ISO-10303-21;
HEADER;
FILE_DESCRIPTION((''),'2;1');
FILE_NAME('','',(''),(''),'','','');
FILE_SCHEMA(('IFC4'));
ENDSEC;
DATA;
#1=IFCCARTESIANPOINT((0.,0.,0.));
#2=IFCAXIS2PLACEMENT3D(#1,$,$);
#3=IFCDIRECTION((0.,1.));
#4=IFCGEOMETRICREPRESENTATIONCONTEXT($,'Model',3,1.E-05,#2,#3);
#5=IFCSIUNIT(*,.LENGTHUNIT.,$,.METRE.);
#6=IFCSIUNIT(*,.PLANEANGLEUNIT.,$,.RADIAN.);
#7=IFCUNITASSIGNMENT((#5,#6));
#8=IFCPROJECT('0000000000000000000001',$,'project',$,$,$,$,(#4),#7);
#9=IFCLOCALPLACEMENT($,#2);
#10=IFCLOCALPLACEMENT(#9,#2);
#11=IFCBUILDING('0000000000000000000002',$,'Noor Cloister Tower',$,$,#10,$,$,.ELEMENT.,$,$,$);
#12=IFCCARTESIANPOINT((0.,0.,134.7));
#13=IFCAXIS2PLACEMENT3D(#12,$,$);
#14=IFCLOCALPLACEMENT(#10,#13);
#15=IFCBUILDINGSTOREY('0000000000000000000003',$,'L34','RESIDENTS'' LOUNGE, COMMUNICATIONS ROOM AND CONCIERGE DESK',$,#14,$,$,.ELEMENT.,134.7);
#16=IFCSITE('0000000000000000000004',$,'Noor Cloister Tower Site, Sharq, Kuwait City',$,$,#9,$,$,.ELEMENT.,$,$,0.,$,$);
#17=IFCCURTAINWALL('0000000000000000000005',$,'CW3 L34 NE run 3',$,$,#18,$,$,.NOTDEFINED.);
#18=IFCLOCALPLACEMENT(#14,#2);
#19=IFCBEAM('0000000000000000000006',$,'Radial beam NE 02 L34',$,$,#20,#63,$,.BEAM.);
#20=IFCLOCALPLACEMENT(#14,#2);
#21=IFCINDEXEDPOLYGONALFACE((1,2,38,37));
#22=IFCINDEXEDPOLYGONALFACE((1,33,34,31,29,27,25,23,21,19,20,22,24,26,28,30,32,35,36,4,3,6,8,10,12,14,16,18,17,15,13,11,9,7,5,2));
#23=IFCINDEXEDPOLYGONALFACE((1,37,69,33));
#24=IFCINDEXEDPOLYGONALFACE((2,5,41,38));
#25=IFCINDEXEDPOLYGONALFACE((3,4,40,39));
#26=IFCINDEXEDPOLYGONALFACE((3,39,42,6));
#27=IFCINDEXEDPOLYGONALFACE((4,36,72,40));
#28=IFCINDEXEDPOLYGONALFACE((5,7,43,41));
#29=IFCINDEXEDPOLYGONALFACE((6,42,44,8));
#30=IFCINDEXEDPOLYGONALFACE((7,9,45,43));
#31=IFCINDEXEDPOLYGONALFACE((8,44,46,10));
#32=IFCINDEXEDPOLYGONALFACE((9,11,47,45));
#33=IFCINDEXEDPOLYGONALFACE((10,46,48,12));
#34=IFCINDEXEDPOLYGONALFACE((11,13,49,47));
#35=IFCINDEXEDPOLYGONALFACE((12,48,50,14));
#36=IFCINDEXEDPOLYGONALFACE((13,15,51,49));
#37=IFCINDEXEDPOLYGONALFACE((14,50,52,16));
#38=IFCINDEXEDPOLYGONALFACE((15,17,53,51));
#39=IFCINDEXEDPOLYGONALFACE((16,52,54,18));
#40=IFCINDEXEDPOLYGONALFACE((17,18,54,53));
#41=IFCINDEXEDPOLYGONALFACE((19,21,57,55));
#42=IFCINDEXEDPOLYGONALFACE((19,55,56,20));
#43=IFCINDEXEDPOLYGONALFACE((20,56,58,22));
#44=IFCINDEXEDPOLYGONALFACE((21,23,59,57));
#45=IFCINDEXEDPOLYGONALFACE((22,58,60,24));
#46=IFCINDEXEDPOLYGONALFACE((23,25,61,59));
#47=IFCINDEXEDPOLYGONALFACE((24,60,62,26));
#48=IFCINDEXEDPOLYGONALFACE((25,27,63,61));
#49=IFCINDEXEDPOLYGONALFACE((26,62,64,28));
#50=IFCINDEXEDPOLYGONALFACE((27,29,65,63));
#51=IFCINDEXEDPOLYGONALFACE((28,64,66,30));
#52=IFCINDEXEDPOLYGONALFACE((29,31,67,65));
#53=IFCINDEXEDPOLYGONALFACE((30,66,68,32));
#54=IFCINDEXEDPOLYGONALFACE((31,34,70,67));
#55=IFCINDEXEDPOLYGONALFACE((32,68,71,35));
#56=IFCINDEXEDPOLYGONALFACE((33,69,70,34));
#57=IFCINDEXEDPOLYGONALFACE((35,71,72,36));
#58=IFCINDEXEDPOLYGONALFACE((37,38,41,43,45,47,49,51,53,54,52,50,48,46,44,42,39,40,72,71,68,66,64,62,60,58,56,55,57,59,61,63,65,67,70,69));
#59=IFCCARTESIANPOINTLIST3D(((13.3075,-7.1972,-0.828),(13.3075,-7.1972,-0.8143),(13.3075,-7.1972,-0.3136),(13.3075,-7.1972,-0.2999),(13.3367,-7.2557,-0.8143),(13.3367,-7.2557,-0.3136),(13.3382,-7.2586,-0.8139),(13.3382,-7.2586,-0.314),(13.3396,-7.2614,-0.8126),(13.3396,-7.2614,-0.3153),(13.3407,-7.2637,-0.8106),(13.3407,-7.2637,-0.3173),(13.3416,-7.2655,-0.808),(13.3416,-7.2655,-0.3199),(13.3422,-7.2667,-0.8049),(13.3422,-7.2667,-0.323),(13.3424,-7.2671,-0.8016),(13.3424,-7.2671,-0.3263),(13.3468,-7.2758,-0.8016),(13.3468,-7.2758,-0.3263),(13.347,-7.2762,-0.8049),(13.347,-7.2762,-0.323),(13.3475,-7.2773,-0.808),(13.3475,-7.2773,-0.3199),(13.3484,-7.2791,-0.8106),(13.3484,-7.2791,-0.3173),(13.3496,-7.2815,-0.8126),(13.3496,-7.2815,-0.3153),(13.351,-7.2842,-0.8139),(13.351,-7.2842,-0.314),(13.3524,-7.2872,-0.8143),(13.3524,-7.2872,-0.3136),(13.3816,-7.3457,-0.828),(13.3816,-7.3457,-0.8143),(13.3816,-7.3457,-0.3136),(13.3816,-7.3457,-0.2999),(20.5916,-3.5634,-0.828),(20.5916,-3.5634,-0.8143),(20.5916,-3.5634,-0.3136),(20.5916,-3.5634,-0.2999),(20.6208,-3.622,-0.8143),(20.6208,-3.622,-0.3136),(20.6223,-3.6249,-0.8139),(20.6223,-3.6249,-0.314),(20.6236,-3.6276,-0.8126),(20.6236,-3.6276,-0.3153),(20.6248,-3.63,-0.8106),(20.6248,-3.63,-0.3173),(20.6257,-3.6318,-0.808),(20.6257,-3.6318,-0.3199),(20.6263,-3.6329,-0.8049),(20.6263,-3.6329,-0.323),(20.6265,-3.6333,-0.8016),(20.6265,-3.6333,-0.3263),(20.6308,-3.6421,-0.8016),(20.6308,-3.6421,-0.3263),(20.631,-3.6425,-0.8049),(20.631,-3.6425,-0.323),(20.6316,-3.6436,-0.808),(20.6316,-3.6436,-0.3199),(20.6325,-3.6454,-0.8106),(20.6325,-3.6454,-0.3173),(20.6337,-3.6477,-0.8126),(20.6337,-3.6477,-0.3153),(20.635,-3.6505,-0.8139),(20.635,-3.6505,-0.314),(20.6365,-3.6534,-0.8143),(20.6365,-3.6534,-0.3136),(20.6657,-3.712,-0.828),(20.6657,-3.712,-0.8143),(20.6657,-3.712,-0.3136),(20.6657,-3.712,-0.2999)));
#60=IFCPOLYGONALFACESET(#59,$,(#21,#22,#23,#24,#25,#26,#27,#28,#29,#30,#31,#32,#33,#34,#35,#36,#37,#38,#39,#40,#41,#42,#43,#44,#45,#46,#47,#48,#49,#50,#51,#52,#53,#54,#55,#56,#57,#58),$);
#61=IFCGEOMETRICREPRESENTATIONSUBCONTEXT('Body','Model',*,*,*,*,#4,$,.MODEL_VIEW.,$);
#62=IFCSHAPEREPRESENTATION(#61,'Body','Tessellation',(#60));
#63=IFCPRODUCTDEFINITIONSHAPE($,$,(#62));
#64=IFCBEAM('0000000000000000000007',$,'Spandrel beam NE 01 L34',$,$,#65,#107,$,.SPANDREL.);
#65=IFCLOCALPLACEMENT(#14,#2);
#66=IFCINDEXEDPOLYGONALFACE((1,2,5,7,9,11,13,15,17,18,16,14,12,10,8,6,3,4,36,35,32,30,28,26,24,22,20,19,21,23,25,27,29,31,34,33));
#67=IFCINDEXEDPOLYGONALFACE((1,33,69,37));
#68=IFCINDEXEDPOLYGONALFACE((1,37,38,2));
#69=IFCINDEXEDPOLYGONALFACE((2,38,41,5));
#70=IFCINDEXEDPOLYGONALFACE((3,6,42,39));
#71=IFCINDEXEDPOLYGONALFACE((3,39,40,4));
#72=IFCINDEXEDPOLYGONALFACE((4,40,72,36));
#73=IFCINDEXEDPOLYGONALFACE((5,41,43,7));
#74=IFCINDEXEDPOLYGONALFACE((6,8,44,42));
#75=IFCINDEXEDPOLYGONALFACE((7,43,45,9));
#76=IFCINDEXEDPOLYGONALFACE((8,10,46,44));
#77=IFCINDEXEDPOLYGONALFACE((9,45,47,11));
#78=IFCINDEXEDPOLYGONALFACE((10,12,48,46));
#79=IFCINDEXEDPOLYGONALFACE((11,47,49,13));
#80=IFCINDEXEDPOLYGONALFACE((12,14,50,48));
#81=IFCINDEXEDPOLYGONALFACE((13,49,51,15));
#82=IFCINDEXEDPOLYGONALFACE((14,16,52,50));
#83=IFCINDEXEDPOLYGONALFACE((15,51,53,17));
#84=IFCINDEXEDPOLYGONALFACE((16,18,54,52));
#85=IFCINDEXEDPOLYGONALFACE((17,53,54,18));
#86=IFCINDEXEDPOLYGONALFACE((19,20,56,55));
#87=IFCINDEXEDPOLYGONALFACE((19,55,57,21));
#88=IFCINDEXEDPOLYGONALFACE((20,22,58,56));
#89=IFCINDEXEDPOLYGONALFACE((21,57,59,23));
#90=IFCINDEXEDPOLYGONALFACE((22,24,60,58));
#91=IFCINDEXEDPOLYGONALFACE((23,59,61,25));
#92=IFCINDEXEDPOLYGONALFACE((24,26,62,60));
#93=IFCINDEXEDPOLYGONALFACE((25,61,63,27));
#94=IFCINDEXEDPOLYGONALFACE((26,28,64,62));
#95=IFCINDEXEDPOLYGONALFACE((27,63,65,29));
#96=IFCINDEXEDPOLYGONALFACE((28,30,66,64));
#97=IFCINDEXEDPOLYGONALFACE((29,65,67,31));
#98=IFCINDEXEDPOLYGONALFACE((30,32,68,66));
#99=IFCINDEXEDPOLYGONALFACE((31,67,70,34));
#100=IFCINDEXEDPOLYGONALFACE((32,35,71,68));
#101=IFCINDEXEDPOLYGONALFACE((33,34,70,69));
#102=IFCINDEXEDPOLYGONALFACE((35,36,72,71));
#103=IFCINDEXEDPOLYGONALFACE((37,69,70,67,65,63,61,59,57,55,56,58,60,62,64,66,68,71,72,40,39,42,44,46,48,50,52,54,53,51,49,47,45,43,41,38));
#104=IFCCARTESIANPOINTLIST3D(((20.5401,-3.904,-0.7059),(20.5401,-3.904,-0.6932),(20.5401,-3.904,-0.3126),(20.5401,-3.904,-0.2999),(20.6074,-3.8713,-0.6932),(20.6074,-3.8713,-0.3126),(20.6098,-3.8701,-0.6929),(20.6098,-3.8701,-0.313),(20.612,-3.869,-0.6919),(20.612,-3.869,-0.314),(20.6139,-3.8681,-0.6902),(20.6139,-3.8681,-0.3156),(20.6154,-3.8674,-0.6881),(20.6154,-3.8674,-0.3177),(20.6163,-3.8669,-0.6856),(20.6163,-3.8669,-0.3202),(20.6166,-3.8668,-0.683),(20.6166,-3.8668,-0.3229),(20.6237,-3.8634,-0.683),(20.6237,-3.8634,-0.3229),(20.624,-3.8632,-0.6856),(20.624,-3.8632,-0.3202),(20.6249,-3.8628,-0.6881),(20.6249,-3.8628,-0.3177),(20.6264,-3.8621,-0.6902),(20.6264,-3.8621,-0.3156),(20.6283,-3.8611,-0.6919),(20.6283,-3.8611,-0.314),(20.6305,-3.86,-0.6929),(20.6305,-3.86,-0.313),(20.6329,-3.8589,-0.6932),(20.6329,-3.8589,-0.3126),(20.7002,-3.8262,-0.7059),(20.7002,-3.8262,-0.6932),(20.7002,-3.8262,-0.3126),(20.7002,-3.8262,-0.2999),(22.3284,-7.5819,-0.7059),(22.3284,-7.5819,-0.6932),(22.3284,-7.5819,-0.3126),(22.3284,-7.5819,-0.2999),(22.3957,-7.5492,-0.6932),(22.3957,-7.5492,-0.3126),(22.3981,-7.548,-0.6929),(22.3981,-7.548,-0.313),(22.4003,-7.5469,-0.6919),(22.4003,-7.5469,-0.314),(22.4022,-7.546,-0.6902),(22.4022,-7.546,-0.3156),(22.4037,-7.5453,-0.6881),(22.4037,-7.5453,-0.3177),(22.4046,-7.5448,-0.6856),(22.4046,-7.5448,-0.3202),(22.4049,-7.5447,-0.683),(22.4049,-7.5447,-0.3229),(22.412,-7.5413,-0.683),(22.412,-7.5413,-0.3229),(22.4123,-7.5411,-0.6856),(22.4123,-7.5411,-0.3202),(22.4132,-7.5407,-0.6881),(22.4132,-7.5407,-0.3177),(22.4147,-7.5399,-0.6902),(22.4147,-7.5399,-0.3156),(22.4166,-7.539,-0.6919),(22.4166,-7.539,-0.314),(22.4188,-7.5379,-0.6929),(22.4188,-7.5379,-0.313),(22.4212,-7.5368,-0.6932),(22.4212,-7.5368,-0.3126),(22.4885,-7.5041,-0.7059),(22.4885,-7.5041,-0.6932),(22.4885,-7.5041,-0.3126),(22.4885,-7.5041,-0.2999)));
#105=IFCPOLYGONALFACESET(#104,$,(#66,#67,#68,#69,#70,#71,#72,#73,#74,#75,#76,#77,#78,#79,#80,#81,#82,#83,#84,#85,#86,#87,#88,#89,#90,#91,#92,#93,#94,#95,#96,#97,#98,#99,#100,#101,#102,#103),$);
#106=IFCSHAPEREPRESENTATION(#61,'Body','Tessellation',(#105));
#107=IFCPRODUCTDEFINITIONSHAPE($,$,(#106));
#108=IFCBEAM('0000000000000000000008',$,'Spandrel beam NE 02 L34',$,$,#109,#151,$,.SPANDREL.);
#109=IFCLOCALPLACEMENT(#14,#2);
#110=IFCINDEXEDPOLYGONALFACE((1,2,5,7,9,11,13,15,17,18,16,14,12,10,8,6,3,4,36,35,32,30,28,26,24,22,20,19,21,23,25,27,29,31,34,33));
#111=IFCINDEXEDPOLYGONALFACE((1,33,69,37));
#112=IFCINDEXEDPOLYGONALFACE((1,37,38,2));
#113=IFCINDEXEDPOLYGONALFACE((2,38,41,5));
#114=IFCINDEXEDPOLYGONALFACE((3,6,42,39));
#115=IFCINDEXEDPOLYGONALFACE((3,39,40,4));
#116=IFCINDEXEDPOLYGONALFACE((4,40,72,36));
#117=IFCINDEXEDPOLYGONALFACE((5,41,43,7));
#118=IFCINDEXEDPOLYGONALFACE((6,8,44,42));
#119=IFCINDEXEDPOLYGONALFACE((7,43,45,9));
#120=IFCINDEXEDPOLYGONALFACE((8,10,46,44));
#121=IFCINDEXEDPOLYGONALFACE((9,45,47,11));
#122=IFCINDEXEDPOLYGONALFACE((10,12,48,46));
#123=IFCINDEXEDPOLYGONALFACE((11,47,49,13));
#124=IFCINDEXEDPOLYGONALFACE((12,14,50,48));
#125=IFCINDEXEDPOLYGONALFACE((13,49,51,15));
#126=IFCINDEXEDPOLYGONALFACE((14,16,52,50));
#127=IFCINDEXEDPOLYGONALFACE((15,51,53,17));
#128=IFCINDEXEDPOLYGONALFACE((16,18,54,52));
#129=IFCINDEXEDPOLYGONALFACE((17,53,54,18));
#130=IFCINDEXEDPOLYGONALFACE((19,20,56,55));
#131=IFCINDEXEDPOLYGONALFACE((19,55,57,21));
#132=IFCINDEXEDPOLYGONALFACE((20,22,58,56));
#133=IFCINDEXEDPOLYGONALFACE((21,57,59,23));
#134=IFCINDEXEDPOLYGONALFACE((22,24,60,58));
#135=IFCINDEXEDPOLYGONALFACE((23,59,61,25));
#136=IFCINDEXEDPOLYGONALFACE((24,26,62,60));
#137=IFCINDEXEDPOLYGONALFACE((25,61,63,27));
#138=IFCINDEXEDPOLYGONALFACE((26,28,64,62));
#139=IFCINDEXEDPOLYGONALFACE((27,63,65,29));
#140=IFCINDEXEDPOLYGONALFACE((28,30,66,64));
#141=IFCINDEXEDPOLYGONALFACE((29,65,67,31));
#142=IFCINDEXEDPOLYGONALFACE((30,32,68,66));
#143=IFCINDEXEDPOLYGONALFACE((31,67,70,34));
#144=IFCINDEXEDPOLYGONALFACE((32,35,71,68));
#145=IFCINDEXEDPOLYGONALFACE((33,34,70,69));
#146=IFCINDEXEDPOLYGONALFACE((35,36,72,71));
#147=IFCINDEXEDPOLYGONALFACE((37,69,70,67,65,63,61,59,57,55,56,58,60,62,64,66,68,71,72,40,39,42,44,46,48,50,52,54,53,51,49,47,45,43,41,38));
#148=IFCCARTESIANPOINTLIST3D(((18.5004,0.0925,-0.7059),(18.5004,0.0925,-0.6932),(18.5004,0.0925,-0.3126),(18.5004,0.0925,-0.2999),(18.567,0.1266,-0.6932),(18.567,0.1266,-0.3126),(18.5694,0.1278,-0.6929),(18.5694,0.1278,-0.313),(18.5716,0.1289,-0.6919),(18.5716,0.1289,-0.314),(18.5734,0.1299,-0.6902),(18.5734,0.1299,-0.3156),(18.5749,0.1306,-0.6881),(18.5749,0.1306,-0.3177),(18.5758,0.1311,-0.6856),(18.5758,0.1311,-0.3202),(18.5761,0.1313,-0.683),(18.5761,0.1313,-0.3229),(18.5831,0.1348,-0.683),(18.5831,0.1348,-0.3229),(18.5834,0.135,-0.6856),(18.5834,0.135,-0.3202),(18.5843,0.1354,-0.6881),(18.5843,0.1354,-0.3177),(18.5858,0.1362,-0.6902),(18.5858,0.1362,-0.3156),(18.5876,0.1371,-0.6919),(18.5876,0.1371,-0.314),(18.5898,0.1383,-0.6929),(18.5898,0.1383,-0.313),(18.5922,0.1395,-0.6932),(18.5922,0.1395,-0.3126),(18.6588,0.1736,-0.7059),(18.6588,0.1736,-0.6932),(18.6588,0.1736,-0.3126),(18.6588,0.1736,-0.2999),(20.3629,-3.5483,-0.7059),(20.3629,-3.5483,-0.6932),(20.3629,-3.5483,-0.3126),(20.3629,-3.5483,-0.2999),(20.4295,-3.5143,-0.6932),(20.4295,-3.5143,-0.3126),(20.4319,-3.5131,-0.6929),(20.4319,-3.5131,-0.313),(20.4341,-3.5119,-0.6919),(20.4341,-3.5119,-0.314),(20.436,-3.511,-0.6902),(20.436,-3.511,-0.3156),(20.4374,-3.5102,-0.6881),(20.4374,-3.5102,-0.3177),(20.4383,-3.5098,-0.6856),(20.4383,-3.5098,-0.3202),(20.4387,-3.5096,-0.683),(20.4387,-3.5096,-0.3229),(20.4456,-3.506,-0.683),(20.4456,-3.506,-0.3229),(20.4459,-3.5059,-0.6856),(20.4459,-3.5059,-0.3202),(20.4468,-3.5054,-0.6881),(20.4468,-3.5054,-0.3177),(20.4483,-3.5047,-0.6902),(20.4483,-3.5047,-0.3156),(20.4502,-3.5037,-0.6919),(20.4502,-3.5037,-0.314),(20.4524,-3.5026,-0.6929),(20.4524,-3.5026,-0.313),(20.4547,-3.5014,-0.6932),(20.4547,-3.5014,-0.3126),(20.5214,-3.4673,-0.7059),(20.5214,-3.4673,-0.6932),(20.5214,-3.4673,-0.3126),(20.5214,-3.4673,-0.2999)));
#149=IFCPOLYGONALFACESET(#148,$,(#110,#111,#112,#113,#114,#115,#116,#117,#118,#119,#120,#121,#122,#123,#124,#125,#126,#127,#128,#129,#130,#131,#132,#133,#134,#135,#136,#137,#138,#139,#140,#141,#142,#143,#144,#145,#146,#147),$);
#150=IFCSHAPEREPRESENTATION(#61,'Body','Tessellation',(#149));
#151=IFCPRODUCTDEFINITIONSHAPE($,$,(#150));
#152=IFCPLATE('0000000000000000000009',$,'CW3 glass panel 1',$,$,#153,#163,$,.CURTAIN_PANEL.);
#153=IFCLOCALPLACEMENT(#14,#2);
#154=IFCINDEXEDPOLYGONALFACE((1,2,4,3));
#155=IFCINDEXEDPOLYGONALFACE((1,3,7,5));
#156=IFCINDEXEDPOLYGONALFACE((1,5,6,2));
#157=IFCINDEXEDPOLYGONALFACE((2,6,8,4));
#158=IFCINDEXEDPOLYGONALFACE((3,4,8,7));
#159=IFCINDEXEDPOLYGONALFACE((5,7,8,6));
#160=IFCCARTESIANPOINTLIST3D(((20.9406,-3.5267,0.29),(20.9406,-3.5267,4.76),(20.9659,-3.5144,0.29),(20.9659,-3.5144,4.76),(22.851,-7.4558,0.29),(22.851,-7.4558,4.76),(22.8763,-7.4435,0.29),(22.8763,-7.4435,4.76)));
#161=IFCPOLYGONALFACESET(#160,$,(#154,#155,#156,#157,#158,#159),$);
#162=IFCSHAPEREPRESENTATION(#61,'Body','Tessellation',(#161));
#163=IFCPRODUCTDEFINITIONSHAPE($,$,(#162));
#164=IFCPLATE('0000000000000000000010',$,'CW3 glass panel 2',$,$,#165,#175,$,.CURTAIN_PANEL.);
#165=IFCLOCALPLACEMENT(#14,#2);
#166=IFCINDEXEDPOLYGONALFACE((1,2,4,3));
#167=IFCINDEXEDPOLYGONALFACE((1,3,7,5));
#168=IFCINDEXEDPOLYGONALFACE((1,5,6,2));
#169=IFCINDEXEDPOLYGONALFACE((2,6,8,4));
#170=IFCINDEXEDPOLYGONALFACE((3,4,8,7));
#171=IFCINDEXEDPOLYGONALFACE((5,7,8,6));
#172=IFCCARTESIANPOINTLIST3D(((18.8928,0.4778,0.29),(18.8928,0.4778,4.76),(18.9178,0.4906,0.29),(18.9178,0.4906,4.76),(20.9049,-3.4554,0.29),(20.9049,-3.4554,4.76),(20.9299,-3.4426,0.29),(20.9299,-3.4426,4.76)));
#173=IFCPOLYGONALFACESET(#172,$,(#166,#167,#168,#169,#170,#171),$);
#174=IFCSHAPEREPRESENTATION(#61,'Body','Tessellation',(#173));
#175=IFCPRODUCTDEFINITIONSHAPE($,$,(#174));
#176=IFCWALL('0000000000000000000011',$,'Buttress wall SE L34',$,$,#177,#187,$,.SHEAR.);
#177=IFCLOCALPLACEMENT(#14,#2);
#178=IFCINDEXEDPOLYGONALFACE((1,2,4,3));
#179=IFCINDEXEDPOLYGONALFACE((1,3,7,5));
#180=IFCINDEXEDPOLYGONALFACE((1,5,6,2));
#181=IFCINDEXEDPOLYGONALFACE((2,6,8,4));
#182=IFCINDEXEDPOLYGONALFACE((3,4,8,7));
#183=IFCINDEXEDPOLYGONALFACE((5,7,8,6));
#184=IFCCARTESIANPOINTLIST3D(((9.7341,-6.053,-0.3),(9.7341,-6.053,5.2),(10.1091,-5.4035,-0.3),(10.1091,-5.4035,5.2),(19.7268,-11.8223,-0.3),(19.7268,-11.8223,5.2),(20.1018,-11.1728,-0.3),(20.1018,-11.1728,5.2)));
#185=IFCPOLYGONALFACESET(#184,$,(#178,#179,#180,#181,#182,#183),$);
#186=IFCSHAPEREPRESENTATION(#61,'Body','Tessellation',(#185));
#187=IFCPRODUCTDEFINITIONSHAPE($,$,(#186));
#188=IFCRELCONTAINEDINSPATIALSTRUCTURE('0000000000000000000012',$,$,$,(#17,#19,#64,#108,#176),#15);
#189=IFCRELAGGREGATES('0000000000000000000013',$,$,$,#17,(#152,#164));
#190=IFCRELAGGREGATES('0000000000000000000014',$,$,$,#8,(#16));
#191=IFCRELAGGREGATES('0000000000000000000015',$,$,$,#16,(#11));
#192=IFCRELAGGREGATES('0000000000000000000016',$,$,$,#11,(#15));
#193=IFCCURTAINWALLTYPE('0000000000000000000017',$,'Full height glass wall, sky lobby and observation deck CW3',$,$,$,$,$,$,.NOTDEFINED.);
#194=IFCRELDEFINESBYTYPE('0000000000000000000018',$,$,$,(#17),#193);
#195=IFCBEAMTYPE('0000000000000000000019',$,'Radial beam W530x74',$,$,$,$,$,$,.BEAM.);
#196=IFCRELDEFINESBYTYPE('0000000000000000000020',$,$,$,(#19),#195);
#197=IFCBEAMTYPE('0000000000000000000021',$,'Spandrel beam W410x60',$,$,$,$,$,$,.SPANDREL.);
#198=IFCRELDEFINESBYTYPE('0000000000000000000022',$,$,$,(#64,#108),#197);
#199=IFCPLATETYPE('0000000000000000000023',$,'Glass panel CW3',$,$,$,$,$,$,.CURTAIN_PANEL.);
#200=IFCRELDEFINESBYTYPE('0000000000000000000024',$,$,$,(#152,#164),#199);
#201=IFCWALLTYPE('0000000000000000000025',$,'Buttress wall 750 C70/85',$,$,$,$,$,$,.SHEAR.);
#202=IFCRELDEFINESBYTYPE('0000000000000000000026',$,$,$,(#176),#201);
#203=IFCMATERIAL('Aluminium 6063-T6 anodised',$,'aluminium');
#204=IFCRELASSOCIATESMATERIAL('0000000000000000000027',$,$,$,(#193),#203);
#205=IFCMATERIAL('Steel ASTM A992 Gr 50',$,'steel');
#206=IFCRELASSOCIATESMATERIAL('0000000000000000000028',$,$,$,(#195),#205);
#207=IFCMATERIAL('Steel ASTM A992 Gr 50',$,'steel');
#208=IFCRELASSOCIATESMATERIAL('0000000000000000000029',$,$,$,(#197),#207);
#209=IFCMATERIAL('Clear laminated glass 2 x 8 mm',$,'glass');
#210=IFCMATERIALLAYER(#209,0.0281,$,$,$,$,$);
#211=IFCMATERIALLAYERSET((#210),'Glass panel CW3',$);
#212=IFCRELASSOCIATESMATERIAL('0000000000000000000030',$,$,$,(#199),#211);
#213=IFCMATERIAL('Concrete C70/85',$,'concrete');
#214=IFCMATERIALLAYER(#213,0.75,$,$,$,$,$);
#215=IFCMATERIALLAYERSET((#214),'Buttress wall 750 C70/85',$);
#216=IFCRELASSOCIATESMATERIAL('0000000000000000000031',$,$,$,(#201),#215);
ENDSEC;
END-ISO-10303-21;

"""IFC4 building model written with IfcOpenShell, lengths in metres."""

from ifc_helpers import new_model, si_unit, direction, frame, frame_2d, origin, origin_2d, place, context, subcontext, project, spatial, rectangle, i_section, extrude, material, layer, layer_set, material_profile, profile_set, type_object, element, aggregate, save


model = new_model("IFC4")

# Units and contexts
model_context = context("Model", 3, precision=1e-05, world=origin(), true_north=direction((0.0, 1.0)))
body_context = subcontext(model_context, "Body", "Model", "MODEL_VIEW")
ifc_project = project(units=[si_unit("LENGTHUNIT", "METRE"), si_unit("PLANEANGLEUNIT", "RADIAN")], contexts=[model_context])

# Site, building, storey
site_placement = place(None, origin())
site = spatial("IfcSite", under=ifc_project, at=site_placement, Name="Noor Cloister Tower Site, Sharq, Kuwait City", CompositionType="ELEMENT", RefElevation=0.0)
building_placement = place(site_placement, origin())
building = spatial("IfcBuilding", under=site, at=building_placement, Name="Noor Cloister Tower", CompositionType="ELEMENT")
storey_placement = place(building_placement, frame((0.0, 0.0, 134.7)))
storey = spatial("IfcBuildingStorey", under=building, at=storey_placement, Name="L34", Description="RESIDENTS' LOUNGE, COMMUNICATIONS ROOM AND CONCIERGE DESK", CompositionType="ELEMENT", Elevation=134.7)

# Curtain wall
ifc_material_1 = material(Name="Aluminium 6063-T6 anodised", Category="aluminium")
curtain_wall_type = type_object("IfcCurtainWallType", Name="Full height glass wall, sky lobby and observation deck CW3", PredefinedType="NOTDEFINED", material=ifc_material_1)
curtain_wall_placement = place(storey_placement, origin())
curtain_wall = element("IfcCurtainWall", 1, at=curtain_wall_placement, inside=storey, type_object=curtain_wall_type, Name="CW3 L34 NE run 3", PredefinedType="NOTDEFINED")

# Beams
ifc_material_2 = material(Name="Steel ASTM A992 Gr 50", Category="steel")
ifc_material_profile_1 = material_profile(ifc_material_2, i_section(OverallWidth=0.166, OverallDepth=0.5281, WebThickness=0.0098, FlangeThickness=0.0137, FilletRadius=0.0127, at=origin_2d()), Name="W530x74")
ifc_profile_set_1 = profile_set([ifc_material_profile_1], Name="Steel ASTM A992 Gr 50")
beam_type_1 = type_object("IfcBeamType", Name="Radial beam W530x74", PredefinedType="BEAM", material=ifc_profile_set_1)
beam_1_placement = place(storey_placement, frame((20.6287, -3.6377, -0.564), z_axis=(-0.894835, -0.446398, 0.0), x_axis=(0.446398, -0.894835, 0.0)))
element("IfcBeam", 2, at=beam_1_placement, inside=storey, type_object=beam_type_1, Name="Radial beam NE 02 L34", PredefinedType="BEAM", context=body_context, shape_type="SweptSolid", body=[
    extrude(i_section(OverallWidth=0.166, OverallDepth=0.5281, WebThickness=0.0098, FlangeThickness=0.0137, FilletRadius=0.0127, at=origin_2d()), origin(), (0.0, 0.0, 1.0), 8.1401),
])
ifc_material_3 = material(Name="Steel ASTM A992 Gr 50", Category="steel")
ifc_material_profile_2 = material_profile(ifc_material_3, i_section(OverallWidth=0.178, OverallDepth=0.406, WebThickness=0.0078, FlangeThickness=0.0127, FilletRadius=0.0103, at=origin_2d()), Name="W410x60")
ifc_profile_set_2 = profile_set([ifc_material_profile_2], Name="Steel ASTM A992 Gr 50")
beam_type_2 = type_object("IfcBeamType", Name="Spandrel beam W410x60", PredefinedType="SPANDREL", material=ifc_profile_set_2)
for number, where, z_axis, x_axis, name in (
    (3, (22.4084, -7.543, -0.5029), (-0.437277, 0.899327, 0.0), (-0.899327, -0.437277, 0.0), "Spandrel beam NE 01 L34"),
    (4, (20.4421, -3.5078, -0.5029), (-0.455433, 0.89027, 0.0), (-0.89027, -0.455433, 0.0), "Spandrel beam NE 02 L34"),
):
    element("IfcBeam", number, at=place(storey_placement, frame(where, z_axis=z_axis, x_axis=x_axis)), inside=storey, type_object=beam_type_2, Name=name, PredefinedType="SPANDREL", context=body_context, shape_type="SweptSolid", body=[
        extrude(i_section(OverallWidth=0.178, OverallDepth=0.406, WebThickness=0.0078, FlangeThickness=0.0127, FilletRadius=0.0103, at=origin_2d()), origin(), (0.0, 0.0, 1.0), 4.0896),
    ])

# Plates
ifc_material_4 = material(Name="Clear laminated glass 2 x 8 mm", Category="glass")
ifc_layer_1 = layer(ifc_material_4, 0.0281)
ifc_layer_set_1 = layer_set([ifc_layer_1], Name="Glass panel CW3")
plate_type = type_object("IfcPlateType", Name="Glass panel CW3", PredefinedType="CURTAIN_PANEL", material=ifc_layer_set_1)
plate_1_placement = place(storey_placement, frame((21.9084, -5.4851, 0.29), z_axis=(0.0, 0.0, 1.0), x_axis=(-0.437276, 0.899328, 0.0)))
plate_1 = element("IfcPlate", 5, at=plate_1_placement, type_object=plate_type, Name="CW3 glass panel 1", PredefinedType="CURTAIN_PANEL", context=body_context, shape_type="SweptSolid", body=[
    extrude(rectangle(XDim=4.3689, YDim=0.0281, at=origin_2d()), origin(), (0.0, 0.0, 1.0), 4.47),
])
plate_2_placement = place(storey_placement, frame((19.9114, -1.4824, 0.29), z_axis=(0.0, 0.0, 1.0), x_axis=(-0.455436, 0.890269, 0.0)))
plate_2 = element("IfcPlate", 6, at=plate_2_placement, type_object=plate_type, Name="CW3 glass panel 2", PredefinedType="CURTAIN_PANEL", context=body_context, shape_type="SweptSolid", body=[
    extrude(rectangle(XDim=4.418, YDim=0.0281, at=origin_2d()), origin(), (0.0, 0.0, 1.0), 4.47),
])
aggregate(curtain_wall, [plate_1, plate_2])

# Wall
ifc_material_5 = material(Name="Concrete C70/85", Category="concrete")
ifc_layer_2 = layer(ifc_material_5, 0.75)
ifc_layer_set_2 = layer_set([ifc_layer_2], Name="Buttress wall 750 C70/85")
wall_type_1 = type_object("IfcWallType", Name="Buttress wall 750 C70/85", PredefinedType="SHEAR", material=ifc_layer_set_2)
wall_1_placement = place(storey_placement, frame((9.9216, -5.7283, -0.3), z_axis=(0.0, 0.0, 1.0), x_axis=(0.866025, -0.500001, 0.0)))
element("IfcWall", 7, at=wall_1_placement, inside=storey, type_object=wall_type_1, Name="Buttress wall SE L34", PredefinedType="SHEAR", context=body_context, shape_type="SweptSolid", body=[
    extrude(rectangle(XDim=11.5386, YDim=0.75, at=frame_2d((5.7693, 0.0))), origin(), (0.0, 0.0, 1.0), 5.5),
])

save(model, "model.ifc")
